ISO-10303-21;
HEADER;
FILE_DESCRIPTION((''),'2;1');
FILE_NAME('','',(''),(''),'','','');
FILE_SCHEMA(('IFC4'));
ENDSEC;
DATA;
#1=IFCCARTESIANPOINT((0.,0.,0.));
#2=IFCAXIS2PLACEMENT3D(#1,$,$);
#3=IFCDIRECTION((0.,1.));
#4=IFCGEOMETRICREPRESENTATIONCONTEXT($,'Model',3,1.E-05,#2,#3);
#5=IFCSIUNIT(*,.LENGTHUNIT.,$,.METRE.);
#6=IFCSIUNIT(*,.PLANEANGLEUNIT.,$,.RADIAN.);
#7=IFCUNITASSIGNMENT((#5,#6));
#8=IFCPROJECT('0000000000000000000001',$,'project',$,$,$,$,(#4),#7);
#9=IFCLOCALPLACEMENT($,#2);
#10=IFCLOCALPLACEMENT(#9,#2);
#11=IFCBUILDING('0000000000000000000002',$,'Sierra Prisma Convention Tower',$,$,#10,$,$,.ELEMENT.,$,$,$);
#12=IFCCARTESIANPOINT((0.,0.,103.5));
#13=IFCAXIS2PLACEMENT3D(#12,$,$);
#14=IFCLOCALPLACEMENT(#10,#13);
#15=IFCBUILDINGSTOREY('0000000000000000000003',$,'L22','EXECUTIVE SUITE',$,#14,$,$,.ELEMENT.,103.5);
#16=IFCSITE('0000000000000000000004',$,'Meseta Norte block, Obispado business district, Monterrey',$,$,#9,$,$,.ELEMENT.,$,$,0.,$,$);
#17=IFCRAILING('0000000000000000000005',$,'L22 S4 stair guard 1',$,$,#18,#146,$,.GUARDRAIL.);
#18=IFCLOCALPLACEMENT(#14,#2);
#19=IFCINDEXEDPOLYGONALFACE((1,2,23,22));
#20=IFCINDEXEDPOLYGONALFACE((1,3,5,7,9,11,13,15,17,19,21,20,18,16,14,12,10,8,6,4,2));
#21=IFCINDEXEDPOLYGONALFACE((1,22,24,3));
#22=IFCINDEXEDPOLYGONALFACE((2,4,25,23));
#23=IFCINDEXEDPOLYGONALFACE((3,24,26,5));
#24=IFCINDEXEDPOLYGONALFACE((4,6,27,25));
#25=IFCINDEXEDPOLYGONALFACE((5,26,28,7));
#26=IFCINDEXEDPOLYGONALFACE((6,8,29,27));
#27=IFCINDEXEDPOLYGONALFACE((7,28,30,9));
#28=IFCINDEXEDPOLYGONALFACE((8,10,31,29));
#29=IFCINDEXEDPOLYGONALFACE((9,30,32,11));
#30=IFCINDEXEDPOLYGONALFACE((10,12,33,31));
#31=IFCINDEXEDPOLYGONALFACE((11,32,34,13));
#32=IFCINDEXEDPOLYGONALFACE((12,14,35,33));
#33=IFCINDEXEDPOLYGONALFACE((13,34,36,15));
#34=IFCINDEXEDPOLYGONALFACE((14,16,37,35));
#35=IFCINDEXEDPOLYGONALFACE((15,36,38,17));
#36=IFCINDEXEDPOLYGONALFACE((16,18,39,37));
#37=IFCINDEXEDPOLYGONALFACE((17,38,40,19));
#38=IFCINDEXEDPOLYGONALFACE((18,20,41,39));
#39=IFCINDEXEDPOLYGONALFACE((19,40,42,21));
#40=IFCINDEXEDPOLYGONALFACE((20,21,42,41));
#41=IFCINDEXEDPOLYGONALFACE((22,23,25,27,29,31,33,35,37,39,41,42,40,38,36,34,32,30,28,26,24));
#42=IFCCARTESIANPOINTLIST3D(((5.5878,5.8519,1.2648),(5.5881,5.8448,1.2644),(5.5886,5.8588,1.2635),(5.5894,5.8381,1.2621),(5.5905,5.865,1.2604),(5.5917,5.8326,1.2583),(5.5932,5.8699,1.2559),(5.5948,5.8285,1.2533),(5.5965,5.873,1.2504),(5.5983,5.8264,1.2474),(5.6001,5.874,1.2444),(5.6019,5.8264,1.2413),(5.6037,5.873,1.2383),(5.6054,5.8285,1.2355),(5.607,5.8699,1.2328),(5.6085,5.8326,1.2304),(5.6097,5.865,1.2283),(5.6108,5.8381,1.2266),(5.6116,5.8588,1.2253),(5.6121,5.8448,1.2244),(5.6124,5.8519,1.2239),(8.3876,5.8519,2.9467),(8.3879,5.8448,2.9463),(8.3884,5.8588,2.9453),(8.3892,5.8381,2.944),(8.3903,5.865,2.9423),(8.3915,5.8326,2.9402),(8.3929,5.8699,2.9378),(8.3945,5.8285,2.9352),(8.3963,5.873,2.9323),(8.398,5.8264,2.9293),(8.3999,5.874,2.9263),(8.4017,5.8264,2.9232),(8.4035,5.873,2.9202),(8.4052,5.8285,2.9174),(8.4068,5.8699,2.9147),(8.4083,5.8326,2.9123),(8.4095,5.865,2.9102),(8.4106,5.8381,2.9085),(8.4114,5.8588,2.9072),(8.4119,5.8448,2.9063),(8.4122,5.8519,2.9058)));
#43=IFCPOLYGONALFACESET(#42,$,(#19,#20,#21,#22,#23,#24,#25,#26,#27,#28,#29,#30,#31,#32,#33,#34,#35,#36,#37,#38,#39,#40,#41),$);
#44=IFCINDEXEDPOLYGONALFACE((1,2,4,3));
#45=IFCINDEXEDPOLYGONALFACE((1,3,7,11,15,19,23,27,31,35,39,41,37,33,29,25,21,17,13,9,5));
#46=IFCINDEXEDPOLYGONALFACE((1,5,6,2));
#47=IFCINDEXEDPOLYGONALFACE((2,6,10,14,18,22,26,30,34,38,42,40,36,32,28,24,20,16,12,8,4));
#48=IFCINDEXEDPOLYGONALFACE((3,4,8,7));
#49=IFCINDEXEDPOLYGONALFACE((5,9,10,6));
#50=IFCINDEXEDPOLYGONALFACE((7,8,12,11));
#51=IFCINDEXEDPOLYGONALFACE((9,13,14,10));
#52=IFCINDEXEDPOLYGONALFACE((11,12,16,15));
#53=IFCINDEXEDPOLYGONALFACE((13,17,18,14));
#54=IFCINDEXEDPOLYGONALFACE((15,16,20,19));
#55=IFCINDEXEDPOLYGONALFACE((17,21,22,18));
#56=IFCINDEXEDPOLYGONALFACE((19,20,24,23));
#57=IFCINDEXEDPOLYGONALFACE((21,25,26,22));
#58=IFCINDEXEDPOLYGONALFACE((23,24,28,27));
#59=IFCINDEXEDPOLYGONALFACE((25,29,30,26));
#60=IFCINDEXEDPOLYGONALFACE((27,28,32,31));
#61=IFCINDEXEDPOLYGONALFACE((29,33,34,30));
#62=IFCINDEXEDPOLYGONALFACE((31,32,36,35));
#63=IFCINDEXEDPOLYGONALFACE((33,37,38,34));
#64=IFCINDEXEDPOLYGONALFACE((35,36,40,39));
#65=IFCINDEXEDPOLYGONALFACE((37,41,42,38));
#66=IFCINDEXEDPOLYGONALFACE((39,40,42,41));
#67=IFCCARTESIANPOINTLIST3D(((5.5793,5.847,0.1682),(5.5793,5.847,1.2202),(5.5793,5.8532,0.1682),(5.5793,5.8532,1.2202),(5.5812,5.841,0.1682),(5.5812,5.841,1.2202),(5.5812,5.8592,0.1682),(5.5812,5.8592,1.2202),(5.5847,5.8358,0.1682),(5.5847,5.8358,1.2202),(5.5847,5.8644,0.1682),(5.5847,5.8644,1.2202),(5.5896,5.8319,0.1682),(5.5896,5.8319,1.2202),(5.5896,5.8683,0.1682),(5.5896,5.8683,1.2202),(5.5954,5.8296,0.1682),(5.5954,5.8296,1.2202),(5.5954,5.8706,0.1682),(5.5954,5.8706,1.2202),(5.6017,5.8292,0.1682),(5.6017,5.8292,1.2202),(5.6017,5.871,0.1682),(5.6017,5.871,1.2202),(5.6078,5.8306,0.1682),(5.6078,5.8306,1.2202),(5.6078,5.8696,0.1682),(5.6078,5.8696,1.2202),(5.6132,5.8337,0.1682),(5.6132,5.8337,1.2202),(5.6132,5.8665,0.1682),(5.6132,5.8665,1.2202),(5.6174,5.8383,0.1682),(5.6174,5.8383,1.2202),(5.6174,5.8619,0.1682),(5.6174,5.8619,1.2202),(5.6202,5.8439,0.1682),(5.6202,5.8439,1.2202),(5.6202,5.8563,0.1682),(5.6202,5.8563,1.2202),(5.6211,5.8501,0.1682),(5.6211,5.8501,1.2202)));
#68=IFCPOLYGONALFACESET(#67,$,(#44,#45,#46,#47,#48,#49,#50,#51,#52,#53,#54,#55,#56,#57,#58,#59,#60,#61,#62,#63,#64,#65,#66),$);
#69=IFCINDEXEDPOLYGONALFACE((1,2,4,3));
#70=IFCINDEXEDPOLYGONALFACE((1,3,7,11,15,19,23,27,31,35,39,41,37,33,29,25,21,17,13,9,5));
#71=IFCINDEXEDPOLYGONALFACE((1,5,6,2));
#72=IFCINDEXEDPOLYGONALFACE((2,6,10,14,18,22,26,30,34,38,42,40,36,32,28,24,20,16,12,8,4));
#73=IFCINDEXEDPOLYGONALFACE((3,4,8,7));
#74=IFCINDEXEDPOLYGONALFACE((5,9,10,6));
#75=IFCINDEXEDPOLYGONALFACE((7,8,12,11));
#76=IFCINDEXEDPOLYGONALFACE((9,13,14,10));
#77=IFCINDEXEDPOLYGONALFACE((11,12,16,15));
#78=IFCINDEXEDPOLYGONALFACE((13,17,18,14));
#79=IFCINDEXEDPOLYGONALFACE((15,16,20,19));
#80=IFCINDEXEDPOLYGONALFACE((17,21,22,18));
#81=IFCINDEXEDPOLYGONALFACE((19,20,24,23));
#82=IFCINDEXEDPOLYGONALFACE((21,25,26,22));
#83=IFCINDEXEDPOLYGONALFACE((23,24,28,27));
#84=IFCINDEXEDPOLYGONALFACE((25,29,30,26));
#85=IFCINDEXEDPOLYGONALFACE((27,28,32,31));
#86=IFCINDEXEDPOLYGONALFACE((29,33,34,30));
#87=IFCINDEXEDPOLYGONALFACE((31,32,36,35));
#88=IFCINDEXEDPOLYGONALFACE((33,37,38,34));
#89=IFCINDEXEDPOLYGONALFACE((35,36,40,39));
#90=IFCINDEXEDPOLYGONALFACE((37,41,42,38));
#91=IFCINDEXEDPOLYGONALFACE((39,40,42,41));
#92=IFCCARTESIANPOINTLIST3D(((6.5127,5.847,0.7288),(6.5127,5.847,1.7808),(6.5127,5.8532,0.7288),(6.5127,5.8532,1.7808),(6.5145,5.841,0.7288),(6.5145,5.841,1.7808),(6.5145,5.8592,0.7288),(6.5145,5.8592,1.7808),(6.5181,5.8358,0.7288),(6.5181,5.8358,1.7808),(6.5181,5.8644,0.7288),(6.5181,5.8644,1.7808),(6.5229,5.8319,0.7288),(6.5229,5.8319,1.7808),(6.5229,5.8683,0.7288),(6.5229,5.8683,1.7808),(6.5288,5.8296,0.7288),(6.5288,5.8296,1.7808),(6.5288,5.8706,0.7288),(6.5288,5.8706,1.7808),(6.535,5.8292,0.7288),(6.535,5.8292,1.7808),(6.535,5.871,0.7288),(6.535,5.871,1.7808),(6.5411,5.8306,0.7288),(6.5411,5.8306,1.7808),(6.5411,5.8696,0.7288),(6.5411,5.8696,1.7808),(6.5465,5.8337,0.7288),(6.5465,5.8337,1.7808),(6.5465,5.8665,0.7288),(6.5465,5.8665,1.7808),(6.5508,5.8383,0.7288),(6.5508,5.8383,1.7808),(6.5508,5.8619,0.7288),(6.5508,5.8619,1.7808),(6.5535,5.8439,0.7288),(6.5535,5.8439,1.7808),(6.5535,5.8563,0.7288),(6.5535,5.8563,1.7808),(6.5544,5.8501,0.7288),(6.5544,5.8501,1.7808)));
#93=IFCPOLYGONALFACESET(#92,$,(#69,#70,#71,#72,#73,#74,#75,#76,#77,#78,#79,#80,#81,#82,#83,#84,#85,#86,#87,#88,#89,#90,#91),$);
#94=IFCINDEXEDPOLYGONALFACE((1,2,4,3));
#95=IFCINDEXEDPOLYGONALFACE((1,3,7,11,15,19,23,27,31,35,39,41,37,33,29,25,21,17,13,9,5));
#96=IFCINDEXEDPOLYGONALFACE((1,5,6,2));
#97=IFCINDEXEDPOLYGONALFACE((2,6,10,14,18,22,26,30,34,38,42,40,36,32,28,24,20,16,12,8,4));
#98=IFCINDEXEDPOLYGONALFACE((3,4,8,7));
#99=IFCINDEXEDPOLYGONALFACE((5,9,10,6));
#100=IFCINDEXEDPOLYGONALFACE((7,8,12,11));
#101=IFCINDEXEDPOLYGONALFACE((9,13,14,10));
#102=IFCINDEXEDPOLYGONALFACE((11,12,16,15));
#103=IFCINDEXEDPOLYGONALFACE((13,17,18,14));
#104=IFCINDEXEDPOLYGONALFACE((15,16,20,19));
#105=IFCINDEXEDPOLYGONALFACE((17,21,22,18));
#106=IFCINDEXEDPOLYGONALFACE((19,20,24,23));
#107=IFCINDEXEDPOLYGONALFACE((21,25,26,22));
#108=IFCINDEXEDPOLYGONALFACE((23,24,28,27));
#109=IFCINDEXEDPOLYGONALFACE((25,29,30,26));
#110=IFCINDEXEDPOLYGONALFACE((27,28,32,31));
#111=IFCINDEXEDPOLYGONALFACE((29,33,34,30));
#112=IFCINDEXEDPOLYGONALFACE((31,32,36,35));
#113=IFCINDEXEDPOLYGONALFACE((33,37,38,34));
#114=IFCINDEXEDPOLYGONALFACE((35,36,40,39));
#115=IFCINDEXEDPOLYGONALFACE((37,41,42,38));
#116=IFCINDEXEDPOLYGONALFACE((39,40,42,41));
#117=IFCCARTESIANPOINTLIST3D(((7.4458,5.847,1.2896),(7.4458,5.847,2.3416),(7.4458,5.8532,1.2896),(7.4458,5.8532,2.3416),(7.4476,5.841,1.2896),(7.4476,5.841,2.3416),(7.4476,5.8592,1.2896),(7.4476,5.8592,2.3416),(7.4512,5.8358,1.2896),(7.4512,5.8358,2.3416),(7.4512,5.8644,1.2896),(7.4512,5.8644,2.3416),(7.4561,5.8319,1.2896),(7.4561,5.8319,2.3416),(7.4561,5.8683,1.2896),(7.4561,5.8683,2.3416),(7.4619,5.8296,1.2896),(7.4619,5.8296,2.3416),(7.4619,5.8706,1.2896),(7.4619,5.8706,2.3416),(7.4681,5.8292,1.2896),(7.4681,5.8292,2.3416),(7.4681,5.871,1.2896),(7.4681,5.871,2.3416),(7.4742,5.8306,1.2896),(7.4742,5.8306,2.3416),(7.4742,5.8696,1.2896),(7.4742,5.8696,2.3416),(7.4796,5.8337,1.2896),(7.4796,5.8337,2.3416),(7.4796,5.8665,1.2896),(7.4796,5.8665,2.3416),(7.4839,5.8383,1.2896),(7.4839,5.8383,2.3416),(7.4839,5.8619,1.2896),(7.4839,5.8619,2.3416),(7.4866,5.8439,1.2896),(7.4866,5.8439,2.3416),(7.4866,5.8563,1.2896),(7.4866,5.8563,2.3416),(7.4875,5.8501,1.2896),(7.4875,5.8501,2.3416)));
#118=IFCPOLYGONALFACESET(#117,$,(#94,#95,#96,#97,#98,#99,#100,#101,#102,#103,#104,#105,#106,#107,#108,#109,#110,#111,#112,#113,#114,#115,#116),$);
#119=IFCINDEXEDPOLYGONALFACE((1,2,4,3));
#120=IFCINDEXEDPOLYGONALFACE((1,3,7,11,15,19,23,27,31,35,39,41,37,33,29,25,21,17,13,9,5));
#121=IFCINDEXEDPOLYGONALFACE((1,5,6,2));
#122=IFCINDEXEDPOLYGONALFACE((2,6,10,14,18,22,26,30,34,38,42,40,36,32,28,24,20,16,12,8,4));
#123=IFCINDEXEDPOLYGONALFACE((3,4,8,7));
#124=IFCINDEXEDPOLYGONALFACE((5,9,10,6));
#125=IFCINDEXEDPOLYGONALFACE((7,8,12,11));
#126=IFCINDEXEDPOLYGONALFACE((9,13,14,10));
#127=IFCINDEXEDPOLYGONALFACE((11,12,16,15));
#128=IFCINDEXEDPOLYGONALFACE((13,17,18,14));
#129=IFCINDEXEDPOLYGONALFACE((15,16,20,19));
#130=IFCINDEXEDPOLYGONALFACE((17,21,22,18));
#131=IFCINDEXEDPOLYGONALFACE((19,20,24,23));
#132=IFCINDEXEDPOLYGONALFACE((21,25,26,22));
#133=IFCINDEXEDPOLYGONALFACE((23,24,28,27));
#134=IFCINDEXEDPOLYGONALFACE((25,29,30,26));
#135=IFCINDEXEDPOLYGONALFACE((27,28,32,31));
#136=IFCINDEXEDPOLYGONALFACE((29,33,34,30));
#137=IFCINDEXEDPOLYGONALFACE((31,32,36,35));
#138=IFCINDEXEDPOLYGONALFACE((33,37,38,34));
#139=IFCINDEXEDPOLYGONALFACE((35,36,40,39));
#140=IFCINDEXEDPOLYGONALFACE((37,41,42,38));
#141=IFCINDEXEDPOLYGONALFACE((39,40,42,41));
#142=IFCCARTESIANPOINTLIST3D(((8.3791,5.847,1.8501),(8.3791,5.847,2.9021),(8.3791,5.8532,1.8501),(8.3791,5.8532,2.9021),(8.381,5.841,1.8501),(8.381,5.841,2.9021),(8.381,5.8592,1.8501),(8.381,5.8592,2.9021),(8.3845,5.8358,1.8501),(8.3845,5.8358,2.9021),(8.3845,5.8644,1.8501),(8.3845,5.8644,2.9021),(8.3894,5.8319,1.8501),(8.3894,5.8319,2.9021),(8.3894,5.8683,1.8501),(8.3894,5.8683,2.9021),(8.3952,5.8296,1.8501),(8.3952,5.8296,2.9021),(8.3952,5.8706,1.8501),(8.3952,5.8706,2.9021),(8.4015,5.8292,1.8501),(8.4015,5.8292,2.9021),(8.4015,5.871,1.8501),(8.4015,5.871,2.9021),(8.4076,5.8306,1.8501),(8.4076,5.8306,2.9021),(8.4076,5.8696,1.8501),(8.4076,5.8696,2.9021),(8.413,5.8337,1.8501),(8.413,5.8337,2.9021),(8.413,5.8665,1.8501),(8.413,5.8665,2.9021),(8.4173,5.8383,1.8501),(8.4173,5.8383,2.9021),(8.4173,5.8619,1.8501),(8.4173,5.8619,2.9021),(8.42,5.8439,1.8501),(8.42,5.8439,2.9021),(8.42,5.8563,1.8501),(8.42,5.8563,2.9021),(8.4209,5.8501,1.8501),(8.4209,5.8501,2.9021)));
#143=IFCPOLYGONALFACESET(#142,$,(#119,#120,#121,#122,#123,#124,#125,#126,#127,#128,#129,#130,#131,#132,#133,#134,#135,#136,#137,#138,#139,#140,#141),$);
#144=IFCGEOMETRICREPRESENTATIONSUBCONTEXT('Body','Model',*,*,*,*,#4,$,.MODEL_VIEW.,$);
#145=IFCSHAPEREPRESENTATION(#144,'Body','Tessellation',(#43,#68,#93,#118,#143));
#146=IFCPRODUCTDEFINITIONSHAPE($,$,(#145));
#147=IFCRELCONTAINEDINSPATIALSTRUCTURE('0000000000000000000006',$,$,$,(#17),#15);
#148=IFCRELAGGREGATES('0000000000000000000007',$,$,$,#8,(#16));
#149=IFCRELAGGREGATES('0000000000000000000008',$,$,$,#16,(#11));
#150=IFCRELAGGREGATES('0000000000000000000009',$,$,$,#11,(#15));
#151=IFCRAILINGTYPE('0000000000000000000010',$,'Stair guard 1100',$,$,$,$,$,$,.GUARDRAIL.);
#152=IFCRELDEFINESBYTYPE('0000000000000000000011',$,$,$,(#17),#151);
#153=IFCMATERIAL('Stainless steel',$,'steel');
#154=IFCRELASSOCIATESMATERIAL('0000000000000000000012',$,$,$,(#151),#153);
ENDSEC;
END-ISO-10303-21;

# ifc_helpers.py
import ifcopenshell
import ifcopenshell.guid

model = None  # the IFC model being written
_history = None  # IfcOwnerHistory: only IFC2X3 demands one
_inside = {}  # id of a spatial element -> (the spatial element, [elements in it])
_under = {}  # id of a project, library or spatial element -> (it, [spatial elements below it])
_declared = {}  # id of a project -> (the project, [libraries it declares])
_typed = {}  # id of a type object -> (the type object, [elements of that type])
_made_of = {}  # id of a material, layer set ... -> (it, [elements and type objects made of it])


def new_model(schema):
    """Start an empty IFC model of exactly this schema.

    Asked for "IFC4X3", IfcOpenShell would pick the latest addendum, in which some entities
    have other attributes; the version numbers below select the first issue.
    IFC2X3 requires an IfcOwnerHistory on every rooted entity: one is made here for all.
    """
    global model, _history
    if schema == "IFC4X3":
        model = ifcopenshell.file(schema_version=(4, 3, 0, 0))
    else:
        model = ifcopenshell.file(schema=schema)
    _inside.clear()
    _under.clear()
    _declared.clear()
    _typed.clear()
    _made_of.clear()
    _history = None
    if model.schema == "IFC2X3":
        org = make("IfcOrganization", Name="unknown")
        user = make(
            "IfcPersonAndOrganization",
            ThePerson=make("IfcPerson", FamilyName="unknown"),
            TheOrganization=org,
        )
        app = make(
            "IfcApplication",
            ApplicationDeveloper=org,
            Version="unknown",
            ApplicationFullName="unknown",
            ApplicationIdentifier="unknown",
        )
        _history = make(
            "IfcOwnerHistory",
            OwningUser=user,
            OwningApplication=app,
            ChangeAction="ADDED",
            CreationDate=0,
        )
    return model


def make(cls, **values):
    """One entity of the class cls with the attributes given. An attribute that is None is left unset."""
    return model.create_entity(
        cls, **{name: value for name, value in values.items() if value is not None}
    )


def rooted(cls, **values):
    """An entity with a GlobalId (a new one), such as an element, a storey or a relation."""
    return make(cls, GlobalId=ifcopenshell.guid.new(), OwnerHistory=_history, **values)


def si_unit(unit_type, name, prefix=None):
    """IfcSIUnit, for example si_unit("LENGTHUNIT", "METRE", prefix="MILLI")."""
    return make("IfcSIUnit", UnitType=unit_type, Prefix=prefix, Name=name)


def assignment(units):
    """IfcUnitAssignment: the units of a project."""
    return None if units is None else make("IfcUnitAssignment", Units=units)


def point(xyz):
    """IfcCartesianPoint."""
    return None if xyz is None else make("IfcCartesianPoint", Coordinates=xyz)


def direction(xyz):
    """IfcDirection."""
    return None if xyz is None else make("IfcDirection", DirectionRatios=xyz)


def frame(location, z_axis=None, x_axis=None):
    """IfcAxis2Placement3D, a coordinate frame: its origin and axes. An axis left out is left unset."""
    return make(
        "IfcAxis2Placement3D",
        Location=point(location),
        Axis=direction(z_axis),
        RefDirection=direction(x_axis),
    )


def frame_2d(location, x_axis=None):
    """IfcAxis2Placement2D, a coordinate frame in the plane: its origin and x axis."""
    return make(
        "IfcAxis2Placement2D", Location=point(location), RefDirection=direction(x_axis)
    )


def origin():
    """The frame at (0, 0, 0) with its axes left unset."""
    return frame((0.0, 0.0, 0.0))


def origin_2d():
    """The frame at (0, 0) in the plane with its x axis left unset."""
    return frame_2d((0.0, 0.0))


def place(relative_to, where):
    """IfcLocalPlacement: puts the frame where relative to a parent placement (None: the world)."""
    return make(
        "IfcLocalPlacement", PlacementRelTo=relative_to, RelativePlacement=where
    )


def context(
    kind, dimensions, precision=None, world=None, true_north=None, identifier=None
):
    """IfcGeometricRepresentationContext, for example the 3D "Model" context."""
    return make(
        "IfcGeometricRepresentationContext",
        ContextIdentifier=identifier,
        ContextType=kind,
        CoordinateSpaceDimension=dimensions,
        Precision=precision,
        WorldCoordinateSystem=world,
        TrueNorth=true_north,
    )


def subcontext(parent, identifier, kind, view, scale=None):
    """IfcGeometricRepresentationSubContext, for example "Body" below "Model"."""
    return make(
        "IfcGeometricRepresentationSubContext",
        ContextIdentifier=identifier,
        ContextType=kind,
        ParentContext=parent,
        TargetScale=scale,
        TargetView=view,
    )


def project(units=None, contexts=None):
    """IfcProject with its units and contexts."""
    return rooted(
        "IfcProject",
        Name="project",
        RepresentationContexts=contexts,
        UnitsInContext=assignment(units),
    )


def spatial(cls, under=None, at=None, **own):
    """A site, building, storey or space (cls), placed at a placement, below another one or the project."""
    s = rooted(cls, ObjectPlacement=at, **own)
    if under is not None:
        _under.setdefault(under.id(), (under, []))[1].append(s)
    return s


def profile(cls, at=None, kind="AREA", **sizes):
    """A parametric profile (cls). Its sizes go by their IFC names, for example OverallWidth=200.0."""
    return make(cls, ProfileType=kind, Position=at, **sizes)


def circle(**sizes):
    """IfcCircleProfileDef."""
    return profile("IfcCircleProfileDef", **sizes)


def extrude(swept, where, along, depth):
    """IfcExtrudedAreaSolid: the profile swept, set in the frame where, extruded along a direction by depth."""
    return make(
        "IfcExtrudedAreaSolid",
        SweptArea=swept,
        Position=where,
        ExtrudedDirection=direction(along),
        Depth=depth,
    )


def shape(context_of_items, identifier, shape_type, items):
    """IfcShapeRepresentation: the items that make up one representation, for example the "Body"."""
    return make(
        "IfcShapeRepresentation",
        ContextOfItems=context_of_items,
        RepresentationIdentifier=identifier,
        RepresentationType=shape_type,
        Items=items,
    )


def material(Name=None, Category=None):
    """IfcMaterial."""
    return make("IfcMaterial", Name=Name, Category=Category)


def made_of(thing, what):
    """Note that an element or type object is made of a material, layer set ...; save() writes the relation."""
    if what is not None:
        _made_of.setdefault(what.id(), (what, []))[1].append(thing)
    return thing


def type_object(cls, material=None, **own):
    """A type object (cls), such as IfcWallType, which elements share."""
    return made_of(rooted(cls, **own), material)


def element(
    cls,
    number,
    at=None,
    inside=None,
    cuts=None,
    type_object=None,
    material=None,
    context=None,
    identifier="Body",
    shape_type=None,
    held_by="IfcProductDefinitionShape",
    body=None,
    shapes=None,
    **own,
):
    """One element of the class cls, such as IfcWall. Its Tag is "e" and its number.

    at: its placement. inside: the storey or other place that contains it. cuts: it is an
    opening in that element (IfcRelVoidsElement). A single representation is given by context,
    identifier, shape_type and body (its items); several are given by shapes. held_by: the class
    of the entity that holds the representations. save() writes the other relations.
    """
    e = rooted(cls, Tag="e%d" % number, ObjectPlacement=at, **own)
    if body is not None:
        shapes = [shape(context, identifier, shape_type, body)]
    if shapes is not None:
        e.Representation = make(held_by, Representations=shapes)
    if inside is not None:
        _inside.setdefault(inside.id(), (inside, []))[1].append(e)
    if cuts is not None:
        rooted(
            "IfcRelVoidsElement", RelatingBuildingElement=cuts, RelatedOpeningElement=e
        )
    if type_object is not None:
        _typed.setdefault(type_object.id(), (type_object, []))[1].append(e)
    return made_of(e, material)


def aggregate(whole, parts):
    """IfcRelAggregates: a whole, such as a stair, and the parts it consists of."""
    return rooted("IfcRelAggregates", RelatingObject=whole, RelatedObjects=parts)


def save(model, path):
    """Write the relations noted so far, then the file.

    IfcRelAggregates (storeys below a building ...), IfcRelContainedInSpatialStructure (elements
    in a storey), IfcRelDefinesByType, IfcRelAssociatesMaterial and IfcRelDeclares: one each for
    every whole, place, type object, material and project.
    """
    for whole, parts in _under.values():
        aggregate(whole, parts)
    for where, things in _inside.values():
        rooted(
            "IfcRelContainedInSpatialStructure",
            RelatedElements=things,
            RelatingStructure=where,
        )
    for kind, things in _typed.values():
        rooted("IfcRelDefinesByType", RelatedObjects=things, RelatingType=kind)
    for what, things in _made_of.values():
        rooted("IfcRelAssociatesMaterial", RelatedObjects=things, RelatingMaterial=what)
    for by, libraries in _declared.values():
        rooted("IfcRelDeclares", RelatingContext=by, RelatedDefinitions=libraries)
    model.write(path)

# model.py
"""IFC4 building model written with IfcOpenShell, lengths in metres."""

from ifc_helpers import new_model, si_unit, direction, frame, origin, origin_2d, place, context, subcontext, project, spatial, circle, extrude, material, type_object, element, save


model = new_model("IFC4")

# Units and contexts
model_context = context("Model", 3, precision=1e-05, world=origin(), true_north=direction((0.0, 1.0)))
body_context = subcontext(model_context, "Body", "Model", "MODEL_VIEW")
ifc_project = project(units=[si_unit("LENGTHUNIT", "METRE"), si_unit("PLANEANGLEUNIT", "RADIAN")], contexts=[model_context])

# Site, building, storey
site_placement = place(None, origin())
site = spatial("IfcSite", under=ifc_project, at=site_placement, Name="Meseta Norte block, Obispado business district, Monterrey", CompositionType="ELEMENT", RefElevation=0.0)
building_placement = place(site_placement, origin())
building = spatial("IfcBuilding", under=site, at=building_placement, Name="Sierra Prisma Convention Tower", CompositionType="ELEMENT")
storey_placement = place(building_placement, frame((0.0, 0.0, 103.5)))
storey = spatial("IfcBuildingStorey", under=building, at=storey_placement, Name="L22", Description="EXECUTIVE SUITE", CompositionType="ELEMENT", Elevation=103.5)

# Railing
ifc_material_1 = material(Name="Stainless steel", Category="steel")
railing_type = type_object("IfcRailingType", Name="Stair guard 1100", PredefinedType="GUARDRAIL", material=ifc_material_1)
railing_1_placement = place(storey_placement, frame((5.6001, 5.8501, 0.1682)))
element("IfcRailing", 1, at=railing_1_placement, inside=storey, type_object=railing_type, Name="L22 S4 stair guard 1", PredefinedType="GUARDRAIL", context=body_context, shape_type="SweptSolid", body=[
    extrude(circle(Radius=0.0239, at=origin_2d()), frame((0.0, 0.0, 1.0762), z_axis=(0.857222, 0.0, 0.514946), x_axis=(0.0, 1.0, 0.0)), (0.0, 0.0, 1.0), 3.2661),
    extrude(circle(Radius=0.021, at=origin_2d()), origin(), (0.0, 0.0, 1.0), 1.052),
    extrude(circle(Radius=0.021, at=origin_2d()), frame((0.9333, 0.0, 0.5605)), (0.0, 0.0, 1.0), 1.052),
    extrude(circle(Radius=0.021, at=origin_2d()), frame((1.8665, 0.0, 1.1213)), (0.0, 0.0, 1.0), 1.052),
    extrude(circle(Radius=0.021, at=origin_2d()), frame((2.7998, 0.0, 1.6819)), (0.0, 0.0, 1.0), 1.052),
])

save(model, "model.ifc")
